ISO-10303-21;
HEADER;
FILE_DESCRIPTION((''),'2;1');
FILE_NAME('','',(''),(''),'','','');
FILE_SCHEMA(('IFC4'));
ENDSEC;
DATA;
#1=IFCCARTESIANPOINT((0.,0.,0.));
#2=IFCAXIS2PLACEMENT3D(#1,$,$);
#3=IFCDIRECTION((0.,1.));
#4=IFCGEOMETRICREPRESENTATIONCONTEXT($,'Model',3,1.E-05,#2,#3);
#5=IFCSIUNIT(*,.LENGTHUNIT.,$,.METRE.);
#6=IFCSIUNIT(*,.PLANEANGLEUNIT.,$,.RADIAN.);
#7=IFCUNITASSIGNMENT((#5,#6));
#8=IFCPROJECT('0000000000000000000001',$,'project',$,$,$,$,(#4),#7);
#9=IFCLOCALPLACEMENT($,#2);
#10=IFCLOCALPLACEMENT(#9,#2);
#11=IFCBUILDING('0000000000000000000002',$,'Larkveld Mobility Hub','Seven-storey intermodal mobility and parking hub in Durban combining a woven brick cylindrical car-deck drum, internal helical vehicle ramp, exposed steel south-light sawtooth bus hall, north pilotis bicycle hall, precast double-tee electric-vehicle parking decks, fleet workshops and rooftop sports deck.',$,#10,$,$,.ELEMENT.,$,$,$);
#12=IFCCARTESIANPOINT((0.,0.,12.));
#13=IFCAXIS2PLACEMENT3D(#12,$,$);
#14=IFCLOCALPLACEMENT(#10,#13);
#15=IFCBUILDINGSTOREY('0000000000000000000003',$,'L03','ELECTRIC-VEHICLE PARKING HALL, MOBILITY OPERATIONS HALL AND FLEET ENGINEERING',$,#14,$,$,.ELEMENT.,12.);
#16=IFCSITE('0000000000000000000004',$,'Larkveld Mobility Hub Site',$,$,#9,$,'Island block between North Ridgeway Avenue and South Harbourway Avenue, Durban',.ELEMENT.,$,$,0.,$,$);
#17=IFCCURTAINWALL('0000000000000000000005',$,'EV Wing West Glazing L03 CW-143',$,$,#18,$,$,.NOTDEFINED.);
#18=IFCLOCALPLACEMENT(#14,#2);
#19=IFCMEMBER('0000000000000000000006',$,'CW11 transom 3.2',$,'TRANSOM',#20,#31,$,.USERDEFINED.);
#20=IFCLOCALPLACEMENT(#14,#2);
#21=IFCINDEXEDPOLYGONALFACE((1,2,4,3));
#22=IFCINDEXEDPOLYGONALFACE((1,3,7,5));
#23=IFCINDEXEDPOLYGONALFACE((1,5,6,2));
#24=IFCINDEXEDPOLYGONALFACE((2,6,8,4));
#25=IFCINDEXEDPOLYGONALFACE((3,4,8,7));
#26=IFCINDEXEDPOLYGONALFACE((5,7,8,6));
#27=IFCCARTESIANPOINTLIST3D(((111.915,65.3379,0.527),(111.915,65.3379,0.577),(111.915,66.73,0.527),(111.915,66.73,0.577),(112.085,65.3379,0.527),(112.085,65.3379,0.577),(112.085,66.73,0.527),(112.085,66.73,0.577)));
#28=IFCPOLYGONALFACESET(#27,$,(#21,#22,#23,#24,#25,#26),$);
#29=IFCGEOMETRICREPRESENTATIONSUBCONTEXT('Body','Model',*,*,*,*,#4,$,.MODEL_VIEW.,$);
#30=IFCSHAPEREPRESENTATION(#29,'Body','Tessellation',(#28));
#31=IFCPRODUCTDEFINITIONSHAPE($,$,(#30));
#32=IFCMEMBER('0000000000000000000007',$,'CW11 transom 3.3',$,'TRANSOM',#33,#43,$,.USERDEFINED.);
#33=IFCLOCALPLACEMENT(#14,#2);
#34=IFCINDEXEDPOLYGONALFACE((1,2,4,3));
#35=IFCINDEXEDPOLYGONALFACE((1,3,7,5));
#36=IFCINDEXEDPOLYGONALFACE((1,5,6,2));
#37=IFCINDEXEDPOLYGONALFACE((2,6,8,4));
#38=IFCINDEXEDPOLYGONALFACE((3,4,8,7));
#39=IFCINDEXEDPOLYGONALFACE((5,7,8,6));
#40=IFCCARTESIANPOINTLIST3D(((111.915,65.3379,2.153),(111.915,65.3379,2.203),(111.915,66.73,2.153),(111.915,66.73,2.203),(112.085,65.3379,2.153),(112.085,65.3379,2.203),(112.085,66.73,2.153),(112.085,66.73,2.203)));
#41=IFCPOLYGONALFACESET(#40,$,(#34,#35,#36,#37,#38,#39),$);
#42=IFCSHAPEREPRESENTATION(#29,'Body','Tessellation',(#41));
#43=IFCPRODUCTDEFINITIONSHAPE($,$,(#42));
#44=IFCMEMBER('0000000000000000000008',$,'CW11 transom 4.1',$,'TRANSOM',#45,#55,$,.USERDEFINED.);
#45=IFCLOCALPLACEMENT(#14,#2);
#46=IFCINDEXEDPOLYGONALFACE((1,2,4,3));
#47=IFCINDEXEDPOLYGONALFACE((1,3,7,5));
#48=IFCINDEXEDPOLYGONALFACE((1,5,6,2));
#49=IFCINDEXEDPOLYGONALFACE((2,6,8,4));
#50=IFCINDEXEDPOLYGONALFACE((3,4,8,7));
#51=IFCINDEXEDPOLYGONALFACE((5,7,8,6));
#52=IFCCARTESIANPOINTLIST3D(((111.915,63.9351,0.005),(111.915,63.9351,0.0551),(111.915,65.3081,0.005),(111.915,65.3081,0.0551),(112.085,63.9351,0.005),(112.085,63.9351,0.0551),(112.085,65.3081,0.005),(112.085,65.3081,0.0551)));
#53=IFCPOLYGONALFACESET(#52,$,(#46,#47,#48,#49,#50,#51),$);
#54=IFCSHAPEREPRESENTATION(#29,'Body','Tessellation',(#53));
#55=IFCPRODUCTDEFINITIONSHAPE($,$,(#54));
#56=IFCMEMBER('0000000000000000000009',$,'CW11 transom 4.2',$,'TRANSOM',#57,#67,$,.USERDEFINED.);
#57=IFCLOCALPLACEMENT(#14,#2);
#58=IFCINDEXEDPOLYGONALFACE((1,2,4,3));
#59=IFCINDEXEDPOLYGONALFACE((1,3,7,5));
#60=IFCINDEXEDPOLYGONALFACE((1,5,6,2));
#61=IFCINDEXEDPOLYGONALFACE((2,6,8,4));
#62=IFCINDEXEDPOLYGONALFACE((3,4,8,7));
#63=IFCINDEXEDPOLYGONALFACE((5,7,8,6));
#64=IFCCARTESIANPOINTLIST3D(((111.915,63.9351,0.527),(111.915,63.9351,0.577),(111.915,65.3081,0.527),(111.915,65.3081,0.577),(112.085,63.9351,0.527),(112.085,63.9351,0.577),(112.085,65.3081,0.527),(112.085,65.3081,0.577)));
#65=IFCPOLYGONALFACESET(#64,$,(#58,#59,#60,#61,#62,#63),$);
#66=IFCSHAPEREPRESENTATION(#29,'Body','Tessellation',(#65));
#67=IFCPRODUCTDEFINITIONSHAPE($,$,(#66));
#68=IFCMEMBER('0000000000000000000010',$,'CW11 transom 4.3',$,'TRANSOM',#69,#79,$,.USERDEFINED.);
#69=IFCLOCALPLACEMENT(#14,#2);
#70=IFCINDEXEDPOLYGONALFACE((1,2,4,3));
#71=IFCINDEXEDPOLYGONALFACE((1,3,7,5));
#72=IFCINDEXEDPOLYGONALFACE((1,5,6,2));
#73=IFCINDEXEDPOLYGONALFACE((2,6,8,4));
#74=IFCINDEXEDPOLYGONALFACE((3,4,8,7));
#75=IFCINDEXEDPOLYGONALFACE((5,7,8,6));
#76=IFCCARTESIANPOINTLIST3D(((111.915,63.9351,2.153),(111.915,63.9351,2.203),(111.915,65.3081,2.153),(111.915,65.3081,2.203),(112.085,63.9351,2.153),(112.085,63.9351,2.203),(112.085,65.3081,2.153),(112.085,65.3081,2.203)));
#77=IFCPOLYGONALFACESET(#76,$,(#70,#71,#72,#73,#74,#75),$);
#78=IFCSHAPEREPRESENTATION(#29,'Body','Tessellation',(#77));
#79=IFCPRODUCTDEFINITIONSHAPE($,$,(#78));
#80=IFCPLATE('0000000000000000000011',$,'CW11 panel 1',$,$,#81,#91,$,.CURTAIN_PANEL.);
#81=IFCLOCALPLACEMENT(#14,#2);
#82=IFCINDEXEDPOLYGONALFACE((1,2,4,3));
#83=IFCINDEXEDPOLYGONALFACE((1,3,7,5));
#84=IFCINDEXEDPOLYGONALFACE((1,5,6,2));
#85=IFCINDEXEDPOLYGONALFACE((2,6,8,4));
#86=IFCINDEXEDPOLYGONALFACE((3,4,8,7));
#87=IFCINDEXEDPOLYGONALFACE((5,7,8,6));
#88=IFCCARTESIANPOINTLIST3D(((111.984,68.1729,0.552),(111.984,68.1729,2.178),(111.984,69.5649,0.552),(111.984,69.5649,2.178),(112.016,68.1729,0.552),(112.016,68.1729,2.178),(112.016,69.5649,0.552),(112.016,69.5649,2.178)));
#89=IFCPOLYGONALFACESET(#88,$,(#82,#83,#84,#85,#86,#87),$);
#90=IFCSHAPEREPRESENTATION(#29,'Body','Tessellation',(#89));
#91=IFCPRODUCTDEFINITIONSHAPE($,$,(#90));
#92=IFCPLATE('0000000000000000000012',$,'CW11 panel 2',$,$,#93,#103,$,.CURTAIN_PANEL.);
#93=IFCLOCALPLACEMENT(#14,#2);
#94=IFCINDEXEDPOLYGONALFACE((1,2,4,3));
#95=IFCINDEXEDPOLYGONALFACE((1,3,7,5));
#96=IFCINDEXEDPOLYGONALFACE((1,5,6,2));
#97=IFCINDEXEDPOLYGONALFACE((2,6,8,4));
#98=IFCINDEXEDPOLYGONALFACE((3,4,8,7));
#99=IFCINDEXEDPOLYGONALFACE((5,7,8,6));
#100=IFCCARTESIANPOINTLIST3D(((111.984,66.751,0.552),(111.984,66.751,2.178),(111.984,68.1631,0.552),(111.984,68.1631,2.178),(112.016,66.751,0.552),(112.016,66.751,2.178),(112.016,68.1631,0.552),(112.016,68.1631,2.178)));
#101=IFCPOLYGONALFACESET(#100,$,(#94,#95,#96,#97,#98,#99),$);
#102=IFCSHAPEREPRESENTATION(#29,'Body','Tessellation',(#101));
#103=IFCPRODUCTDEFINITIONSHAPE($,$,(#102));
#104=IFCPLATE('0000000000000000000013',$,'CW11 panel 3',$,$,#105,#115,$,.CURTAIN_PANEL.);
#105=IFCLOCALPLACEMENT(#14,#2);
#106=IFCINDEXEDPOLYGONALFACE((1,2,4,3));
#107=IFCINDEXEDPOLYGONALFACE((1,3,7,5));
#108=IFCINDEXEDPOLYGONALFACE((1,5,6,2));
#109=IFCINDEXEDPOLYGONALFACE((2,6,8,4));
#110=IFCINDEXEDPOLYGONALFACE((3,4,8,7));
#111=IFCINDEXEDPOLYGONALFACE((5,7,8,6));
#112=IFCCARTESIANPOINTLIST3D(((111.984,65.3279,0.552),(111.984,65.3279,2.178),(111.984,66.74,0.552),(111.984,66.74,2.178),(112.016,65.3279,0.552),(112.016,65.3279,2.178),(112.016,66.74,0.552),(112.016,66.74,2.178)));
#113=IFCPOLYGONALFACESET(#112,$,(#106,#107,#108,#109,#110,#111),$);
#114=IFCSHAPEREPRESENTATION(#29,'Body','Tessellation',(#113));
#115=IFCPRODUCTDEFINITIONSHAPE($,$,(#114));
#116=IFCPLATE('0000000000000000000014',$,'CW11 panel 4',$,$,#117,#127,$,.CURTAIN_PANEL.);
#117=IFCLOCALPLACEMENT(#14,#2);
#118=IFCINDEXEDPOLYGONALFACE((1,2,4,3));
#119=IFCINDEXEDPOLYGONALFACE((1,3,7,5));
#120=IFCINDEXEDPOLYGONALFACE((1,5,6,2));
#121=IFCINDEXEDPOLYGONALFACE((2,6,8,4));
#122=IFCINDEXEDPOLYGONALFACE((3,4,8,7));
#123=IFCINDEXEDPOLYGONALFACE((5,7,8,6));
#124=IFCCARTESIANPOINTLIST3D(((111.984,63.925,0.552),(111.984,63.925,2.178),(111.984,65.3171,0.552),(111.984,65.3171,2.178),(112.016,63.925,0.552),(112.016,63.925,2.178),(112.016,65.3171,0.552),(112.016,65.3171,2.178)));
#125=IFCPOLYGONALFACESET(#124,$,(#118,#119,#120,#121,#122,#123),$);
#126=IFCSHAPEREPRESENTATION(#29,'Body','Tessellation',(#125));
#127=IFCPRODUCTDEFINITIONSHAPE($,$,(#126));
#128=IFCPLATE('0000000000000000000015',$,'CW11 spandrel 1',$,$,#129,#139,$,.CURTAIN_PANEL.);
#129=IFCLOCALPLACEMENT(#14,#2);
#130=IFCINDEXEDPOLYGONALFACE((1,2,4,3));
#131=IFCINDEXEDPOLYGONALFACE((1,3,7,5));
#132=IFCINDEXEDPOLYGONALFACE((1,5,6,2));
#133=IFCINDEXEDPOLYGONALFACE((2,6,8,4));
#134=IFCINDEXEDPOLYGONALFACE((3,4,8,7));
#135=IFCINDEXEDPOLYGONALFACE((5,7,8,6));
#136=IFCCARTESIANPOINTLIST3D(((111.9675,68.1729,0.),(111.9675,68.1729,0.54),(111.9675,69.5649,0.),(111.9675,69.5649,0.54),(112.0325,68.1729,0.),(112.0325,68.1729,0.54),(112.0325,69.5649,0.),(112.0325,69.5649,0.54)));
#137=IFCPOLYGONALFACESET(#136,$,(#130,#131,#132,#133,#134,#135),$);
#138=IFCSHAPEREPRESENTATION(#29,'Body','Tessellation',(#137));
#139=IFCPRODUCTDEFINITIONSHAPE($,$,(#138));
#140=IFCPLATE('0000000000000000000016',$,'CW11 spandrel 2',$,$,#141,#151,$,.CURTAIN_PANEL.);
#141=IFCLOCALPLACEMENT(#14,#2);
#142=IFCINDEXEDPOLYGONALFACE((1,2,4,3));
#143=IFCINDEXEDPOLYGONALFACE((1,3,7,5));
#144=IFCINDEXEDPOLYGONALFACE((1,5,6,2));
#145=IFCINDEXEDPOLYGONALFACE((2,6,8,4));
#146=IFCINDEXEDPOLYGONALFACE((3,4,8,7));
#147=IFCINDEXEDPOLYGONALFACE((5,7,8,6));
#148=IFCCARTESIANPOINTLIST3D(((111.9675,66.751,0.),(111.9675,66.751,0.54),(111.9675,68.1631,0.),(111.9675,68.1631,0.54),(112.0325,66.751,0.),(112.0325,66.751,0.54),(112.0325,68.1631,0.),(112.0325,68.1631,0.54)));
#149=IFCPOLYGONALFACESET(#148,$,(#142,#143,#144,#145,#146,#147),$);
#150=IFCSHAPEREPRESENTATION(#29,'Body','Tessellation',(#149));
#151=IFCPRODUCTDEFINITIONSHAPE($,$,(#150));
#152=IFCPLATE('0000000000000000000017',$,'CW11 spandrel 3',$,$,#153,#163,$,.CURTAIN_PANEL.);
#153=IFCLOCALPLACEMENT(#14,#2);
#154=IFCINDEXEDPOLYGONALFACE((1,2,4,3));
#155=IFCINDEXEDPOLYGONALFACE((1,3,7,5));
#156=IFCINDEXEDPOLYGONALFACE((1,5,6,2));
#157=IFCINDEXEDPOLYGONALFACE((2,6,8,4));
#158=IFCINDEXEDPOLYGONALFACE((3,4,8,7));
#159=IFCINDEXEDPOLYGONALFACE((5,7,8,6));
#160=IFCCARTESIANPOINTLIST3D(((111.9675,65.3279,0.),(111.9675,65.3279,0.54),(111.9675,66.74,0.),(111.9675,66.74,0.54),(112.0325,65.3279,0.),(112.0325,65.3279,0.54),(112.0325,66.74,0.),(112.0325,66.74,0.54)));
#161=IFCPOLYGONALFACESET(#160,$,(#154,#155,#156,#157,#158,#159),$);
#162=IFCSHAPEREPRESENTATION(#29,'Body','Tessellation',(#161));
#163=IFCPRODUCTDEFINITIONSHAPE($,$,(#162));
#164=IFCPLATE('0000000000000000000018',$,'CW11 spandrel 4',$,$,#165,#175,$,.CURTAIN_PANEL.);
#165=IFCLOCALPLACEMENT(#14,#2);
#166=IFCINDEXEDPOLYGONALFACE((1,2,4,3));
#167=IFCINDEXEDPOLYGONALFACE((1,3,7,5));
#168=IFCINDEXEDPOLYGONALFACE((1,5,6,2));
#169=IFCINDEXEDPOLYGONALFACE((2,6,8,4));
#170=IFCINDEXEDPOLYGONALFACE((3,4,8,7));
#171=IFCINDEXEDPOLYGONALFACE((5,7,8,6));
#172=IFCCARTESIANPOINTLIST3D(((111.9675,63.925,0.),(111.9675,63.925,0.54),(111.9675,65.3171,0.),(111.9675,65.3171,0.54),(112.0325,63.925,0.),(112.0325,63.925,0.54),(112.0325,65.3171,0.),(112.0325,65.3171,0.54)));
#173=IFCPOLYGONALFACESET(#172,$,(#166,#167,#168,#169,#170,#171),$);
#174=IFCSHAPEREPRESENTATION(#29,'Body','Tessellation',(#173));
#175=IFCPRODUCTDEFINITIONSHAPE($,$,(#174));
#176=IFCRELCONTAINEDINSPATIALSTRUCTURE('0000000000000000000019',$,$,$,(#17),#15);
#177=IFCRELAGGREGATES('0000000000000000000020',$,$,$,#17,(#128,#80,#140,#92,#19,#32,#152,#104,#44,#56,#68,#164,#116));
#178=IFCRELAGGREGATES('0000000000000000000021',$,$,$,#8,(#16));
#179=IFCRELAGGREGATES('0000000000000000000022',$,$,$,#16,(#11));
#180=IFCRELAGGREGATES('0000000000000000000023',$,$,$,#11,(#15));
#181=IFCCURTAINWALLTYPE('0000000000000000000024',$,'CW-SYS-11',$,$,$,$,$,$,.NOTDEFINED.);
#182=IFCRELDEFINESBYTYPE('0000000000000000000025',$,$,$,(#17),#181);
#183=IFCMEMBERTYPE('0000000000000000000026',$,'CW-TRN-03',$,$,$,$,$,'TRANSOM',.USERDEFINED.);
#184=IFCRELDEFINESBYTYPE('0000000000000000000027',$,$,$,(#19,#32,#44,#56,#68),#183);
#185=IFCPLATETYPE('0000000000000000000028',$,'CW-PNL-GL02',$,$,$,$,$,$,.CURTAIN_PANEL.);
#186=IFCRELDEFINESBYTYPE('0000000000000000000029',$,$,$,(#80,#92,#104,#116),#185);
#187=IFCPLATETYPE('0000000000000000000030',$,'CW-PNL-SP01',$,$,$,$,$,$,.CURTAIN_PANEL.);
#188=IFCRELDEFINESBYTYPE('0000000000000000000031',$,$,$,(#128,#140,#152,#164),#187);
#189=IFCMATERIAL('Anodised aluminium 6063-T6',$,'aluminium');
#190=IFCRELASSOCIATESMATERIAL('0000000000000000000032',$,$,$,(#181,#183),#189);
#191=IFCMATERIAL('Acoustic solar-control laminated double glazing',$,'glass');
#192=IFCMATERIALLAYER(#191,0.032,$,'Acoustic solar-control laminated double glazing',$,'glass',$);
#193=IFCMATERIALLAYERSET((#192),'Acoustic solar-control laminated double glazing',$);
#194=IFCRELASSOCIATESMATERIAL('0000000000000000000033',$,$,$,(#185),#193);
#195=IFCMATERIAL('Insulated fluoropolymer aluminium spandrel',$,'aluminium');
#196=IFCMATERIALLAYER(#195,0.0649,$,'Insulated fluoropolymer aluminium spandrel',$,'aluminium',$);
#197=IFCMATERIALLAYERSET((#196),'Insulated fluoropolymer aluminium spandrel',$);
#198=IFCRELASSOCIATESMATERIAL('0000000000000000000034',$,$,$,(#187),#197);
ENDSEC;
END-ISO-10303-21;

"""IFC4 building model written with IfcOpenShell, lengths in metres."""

from ifc_helpers import new_model, si_unit, direction, frame, origin, origin_2d, place, context, subcontext, project, spatial, rectangle, extrude, material, layer, layer_set, material_profile, profile_set, type_object, element, aggregate, save


model = new_model("IFC4")

# Units and contexts
model_context = context("Model", 3, precision=1e-05, world=origin(), true_north=direction((0.0, 1.0)))
body_context = subcontext(model_context, "Body", "Model", "MODEL_VIEW")
ifc_project = project(units=[si_unit("LENGTHUNIT", "METRE"), si_unit("PLANEANGLEUNIT", "RADIAN")], contexts=[model_context])

# Site, building, storey
site_placement = place(None, origin())
site = spatial("IfcSite", under=ifc_project, at=site_placement, Name="Larkveld Mobility Hub Site", LongName="Island block between North Ridgeway Avenue and South Harbourway Avenue, Durban", CompositionType="ELEMENT", RefElevation=0.0)
building_placement = place(site_placement, origin())
building = spatial("IfcBuilding", under=site, at=building_placement, Name="Larkveld Mobility Hub", Description="Seven-storey intermodal mobility and parking hub in Durban combining a woven brick cylindrical car-deck drum, internal helical vehicle ramp, exposed steel south-light sawtooth bus hall, north pilotis bicycle hall, precast double-tee electric-vehicle parking decks, fleet workshops and rooftop sports deck.", CompositionType="ELEMENT")
storey_placement = place(building_placement, frame((0.0, 0.0, 12.0)))
storey = spatial("IfcBuildingStorey", under=building, at=storey_placement, Name="L03", Description="ELECTRIC-VEHICLE PARKING HALL, MOBILITY OPERATIONS HALL AND FLEET ENGINEERING", CompositionType="ELEMENT", Elevation=12.0)

# Curtain wall
ifc_material_1 = material(Name="Anodised aluminium 6063-T6", Category="aluminium")
curtain_wall_type_1 = type_object("IfcCurtainWallType", Name="CW-SYS-11", PredefinedType="NOTDEFINED", material=ifc_material_1)
curtain_wall_1_placement = place(storey_placement, origin())
curtain_wall_1 = element("IfcCurtainWall", 1, at=curtain_wall_1_placement, inside=storey, type_object=curtain_wall_type_1, Name="EV Wing West Glazing L03 CW-143", PredefinedType="NOTDEFINED")

# Members
ifc_material_profile_1 = material_profile(ifc_material_1, rectangle(XDim=0.1699, YDim=0.05, at=origin_2d()), Name="ALU TRAN 50x170")
ifc_profile_set_1 = profile_set([ifc_material_profile_1], Name="Anodised aluminium 6063-T6")
member_type_1 = type_object("IfcMemberType", Name="CW-TRN-03", ElementType="TRANSOM", PredefinedType="USERDEFINED", material=ifc_profile_set_1)
member_1_placement = place(storey_placement, frame((112.0, 66.73, 0.552), z_axis=(0.0, -1.0, 0.0), x_axis=(1.0, 0.0, 0.0)))
member_1 = element("IfcMember", 2, at=member_1_placement, type_object=member_type_1, Name="CW11 transom 3.2", ObjectType="TRANSOM", PredefinedType="USERDEFINED", context=body_context, shape_type="SweptSolid", body=[
    extrude(rectangle(XDim=0.1699, YDim=0.05, at=origin_2d()), origin(), (0.0, 0.0, 1.0), 1.3921),
])
member_2_placement = place(storey_placement, frame((112.0, 66.73, 2.178), z_axis=(0.0, -1.0, 0.0), x_axis=(1.0, 0.0, 0.0)))
member_2 = element("IfcMember", 3, at=member_2_placement, type_object=member_type_1, Name="CW11 transom 3.3", ObjectType="TRANSOM", PredefinedType="USERDEFINED", context=body_context, shape_type="SweptSolid", body=[
    extrude(rectangle(XDim=0.1699, YDim=0.05, at=origin_2d()), origin(), (0.0, 0.0, 1.0), 1.3921),
])
member_3_placement = place(storey_placement, frame((112.0, 65.3081, 0.03), z_axis=(0.0, -1.0, 0.0), x_axis=(1.0, 0.0, 0.0)))
member_3 = element("IfcMember", 4, at=member_3_placement, type_object=member_type_1, Name="CW11 transom 4.1", ObjectType="TRANSOM", PredefinedType="USERDEFINED", context=body_context, shape_type="SweptSolid", body=[
    extrude(rectangle(XDim=0.1699, YDim=0.05, at=origin_2d()), origin(), (0.0, 0.0, 1.0), 1.373),
])
member_4_placement = place(storey_placement, frame((112.0, 65.3081, 0.552), z_axis=(0.0, -1.0, 0.0), x_axis=(1.0, 0.0, 0.0)))
member_4 = element("IfcMember", 5, at=member_4_placement, type_object=member_type_1, Name="CW11 transom 4.2", ObjectType="TRANSOM", PredefinedType="USERDEFINED", context=body_context, shape_type="SweptSolid", body=[
    extrude(rectangle(XDim=0.1699, YDim=0.05, at=origin_2d()), origin(), (0.0, 0.0, 1.0), 1.373),
])
member_5_placement = place(storey_placement, frame((112.0, 65.3081, 2.178), z_axis=(0.0, -1.0, 0.0), x_axis=(1.0, 0.0, 0.0)))
member_5 = element("IfcMember", 6, at=member_5_placement, type_object=member_type_1, Name="CW11 transom 4.3", ObjectType="TRANSOM", PredefinedType="USERDEFINED", context=body_context, shape_type="SweptSolid", body=[
    extrude(rectangle(XDim=0.1699, YDim=0.05, at=origin_2d()), origin(), (0.0, 0.0, 1.0), 1.373),
])

# Plates
ifc_material_2 = material(Name="Acoustic solar-control laminated double glazing", Category="glass")
ifc_layer_1 = layer(ifc_material_2, 0.032, Name="Acoustic solar-control laminated double glazing", Category="glass")
ifc_layer_set_1 = layer_set([ifc_layer_1], Name="Acoustic solar-control laminated double glazing")
plate_type_1 = type_object("IfcPlateType", Name="CW-PNL-GL02", PredefinedType="CURTAIN_PANEL", material=ifc_layer_set_1)
plate_1_placement = place(storey_placement, frame((112.0, 68.8689, 0.552), z_axis=(0.0, 0.0, 1.0), x_axis=(0.0, -1.0, 0.0)))
plate_1 = element("IfcPlate", 7, at=plate_1_placement, type_object=plate_type_1, Name="CW11 panel 1", PredefinedType="CURTAIN_PANEL", context=body_context, shape_type="SweptSolid", body=[
    extrude(rectangle(XDim=1.3921, YDim=0.032, at=origin_2d()), origin(), (0.0, 0.0, 1.0), 1.626),
])
plate_2_placement = place(storey_placement, frame((112.0, 67.457, 0.552), z_axis=(0.0, 0.0, 1.0), x_axis=(0.0, -1.0, 0.0)))
plate_2 = element("IfcPlate", 8, at=plate_2_placement, type_object=plate_type_1, Name="CW11 panel 2", PredefinedType="CURTAIN_PANEL", context=body_context, shape_type="SweptSolid", body=[
    extrude(rectangle(XDim=1.4121, YDim=0.032, at=origin_2d()), origin(), (0.0, 0.0, 1.0), 1.626),
])
plate_3_placement = place(storey_placement, frame((112.0, 66.0339, 0.552), z_axis=(0.0, 0.0, 1.0), x_axis=(0.0, -1.0, 0.0)))
plate_3 = element("IfcPlate", 9, at=plate_3_placement, type_object=plate_type_1, Name="CW11 panel 3", PredefinedType="CURTAIN_PANEL", context=body_context, shape_type="SweptSolid", body=[
    extrude(rectangle(XDim=1.4121, YDim=0.032, at=origin_2d()), origin(), (0.0, 0.0, 1.0), 1.626),
])
plate_4_placement = place(storey_placement, frame((112.0, 64.6211, 0.552), z_axis=(0.0, 0.0, 1.0), x_axis=(0.0, -1.0, 0.0)))
plate_4 = element("IfcPlate", 10, at=plate_4_placement, type_object=plate_type_1, Name="CW11 panel 4", PredefinedType="CURTAIN_PANEL", context=body_context, shape_type="SweptSolid", body=[
    extrude(rectangle(XDim=1.3921, YDim=0.032, at=origin_2d()), origin(), (0.0, 0.0, 1.0), 1.626),
])
ifc_material_3 = material(Name="Insulated fluoropolymer aluminium spandrel", Category="aluminium")
ifc_layer_2 = layer(ifc_material_3, 0.0649, Name="Insulated fluoropolymer aluminium spandrel", Category="aluminium")
ifc_layer_set_2 = layer_set([ifc_layer_2], Name="Insulated fluoropolymer aluminium spandrel")
plate_type_2 = type_object("IfcPlateType", Name="CW-PNL-SP01", PredefinedType="CURTAIN_PANEL", material=ifc_layer_set_2)
plate_5_placement = place(storey_placement, frame((112.0, 68.8689, 0.0), z_axis=(0.0, 0.0, 1.0), x_axis=(0.0, -1.0, 0.0)))
plate_5 = element("IfcPlate", 11, at=plate_5_placement, type_object=plate_type_2, Name="CW11 spandrel 1", PredefinedType="CURTAIN_PANEL", context=body_context, shape_type="SweptSolid", body=[
    extrude(rectangle(XDim=1.3921, YDim=0.0649, at=origin_2d()), origin(), (0.0, 0.0, 1.0), 0.54),
])
plate_6_placement = place(storey_placement, frame((112.0, 67.457, 0.0), z_axis=(0.0, 0.0, 1.0), x_axis=(0.0, -1.0, 0.0)))
plate_6 = element("IfcPlate", 12, at=plate_6_placement, type_object=plate_type_2, Name="CW11 spandrel 2", PredefinedType="CURTAIN_PANEL", context=body_context, shape_type="SweptSolid", body=[
    extrude(rectangle(XDim=1.4121, YDim=0.0649, at=origin_2d()), origin(), (0.0, 0.0, 1.0), 0.54),
])
plate_7_placement = place(storey_placement, frame((112.0, 66.0339, 0.0), z_axis=(0.0, 0.0, 1.0), x_axis=(0.0, -1.0, 0.0)))
plate_7 = element("IfcPlate", 13, at=plate_7_placement, type_object=plate_type_2, Name="CW11 spandrel 3", PredefinedType="CURTAIN_PANEL", context=body_context, shape_type="SweptSolid", body=[
    extrude(rectangle(XDim=1.4121, YDim=0.0649, at=origin_2d()), origin(), (0.0, 0.0, 1.0), 0.54),
])
plate_8_placement = place(storey_placement, frame((112.0, 64.6211, 0.0), z_axis=(0.0, 0.0, 1.0), x_axis=(0.0, -1.0, 0.0)))
plate_8 = element("IfcPlate", 14, at=plate_8_placement, type_object=plate_type_2, Name="CW11 spandrel 4", PredefinedType="CURTAIN_PANEL", context=body_context, shape_type="SweptSolid", body=[
    extrude(rectangle(XDim=1.3921, YDim=0.0649, at=origin_2d()), origin(), (0.0, 0.0, 1.0), 0.54),
])
aggregate(curtain_wall_1, [plate_5, plate_1, plate_6, plate_2, member_1, member_2, plate_7, plate_3, member_3, member_4, member_5, plate_8, plate_4])

save(model, "model.ifc")
